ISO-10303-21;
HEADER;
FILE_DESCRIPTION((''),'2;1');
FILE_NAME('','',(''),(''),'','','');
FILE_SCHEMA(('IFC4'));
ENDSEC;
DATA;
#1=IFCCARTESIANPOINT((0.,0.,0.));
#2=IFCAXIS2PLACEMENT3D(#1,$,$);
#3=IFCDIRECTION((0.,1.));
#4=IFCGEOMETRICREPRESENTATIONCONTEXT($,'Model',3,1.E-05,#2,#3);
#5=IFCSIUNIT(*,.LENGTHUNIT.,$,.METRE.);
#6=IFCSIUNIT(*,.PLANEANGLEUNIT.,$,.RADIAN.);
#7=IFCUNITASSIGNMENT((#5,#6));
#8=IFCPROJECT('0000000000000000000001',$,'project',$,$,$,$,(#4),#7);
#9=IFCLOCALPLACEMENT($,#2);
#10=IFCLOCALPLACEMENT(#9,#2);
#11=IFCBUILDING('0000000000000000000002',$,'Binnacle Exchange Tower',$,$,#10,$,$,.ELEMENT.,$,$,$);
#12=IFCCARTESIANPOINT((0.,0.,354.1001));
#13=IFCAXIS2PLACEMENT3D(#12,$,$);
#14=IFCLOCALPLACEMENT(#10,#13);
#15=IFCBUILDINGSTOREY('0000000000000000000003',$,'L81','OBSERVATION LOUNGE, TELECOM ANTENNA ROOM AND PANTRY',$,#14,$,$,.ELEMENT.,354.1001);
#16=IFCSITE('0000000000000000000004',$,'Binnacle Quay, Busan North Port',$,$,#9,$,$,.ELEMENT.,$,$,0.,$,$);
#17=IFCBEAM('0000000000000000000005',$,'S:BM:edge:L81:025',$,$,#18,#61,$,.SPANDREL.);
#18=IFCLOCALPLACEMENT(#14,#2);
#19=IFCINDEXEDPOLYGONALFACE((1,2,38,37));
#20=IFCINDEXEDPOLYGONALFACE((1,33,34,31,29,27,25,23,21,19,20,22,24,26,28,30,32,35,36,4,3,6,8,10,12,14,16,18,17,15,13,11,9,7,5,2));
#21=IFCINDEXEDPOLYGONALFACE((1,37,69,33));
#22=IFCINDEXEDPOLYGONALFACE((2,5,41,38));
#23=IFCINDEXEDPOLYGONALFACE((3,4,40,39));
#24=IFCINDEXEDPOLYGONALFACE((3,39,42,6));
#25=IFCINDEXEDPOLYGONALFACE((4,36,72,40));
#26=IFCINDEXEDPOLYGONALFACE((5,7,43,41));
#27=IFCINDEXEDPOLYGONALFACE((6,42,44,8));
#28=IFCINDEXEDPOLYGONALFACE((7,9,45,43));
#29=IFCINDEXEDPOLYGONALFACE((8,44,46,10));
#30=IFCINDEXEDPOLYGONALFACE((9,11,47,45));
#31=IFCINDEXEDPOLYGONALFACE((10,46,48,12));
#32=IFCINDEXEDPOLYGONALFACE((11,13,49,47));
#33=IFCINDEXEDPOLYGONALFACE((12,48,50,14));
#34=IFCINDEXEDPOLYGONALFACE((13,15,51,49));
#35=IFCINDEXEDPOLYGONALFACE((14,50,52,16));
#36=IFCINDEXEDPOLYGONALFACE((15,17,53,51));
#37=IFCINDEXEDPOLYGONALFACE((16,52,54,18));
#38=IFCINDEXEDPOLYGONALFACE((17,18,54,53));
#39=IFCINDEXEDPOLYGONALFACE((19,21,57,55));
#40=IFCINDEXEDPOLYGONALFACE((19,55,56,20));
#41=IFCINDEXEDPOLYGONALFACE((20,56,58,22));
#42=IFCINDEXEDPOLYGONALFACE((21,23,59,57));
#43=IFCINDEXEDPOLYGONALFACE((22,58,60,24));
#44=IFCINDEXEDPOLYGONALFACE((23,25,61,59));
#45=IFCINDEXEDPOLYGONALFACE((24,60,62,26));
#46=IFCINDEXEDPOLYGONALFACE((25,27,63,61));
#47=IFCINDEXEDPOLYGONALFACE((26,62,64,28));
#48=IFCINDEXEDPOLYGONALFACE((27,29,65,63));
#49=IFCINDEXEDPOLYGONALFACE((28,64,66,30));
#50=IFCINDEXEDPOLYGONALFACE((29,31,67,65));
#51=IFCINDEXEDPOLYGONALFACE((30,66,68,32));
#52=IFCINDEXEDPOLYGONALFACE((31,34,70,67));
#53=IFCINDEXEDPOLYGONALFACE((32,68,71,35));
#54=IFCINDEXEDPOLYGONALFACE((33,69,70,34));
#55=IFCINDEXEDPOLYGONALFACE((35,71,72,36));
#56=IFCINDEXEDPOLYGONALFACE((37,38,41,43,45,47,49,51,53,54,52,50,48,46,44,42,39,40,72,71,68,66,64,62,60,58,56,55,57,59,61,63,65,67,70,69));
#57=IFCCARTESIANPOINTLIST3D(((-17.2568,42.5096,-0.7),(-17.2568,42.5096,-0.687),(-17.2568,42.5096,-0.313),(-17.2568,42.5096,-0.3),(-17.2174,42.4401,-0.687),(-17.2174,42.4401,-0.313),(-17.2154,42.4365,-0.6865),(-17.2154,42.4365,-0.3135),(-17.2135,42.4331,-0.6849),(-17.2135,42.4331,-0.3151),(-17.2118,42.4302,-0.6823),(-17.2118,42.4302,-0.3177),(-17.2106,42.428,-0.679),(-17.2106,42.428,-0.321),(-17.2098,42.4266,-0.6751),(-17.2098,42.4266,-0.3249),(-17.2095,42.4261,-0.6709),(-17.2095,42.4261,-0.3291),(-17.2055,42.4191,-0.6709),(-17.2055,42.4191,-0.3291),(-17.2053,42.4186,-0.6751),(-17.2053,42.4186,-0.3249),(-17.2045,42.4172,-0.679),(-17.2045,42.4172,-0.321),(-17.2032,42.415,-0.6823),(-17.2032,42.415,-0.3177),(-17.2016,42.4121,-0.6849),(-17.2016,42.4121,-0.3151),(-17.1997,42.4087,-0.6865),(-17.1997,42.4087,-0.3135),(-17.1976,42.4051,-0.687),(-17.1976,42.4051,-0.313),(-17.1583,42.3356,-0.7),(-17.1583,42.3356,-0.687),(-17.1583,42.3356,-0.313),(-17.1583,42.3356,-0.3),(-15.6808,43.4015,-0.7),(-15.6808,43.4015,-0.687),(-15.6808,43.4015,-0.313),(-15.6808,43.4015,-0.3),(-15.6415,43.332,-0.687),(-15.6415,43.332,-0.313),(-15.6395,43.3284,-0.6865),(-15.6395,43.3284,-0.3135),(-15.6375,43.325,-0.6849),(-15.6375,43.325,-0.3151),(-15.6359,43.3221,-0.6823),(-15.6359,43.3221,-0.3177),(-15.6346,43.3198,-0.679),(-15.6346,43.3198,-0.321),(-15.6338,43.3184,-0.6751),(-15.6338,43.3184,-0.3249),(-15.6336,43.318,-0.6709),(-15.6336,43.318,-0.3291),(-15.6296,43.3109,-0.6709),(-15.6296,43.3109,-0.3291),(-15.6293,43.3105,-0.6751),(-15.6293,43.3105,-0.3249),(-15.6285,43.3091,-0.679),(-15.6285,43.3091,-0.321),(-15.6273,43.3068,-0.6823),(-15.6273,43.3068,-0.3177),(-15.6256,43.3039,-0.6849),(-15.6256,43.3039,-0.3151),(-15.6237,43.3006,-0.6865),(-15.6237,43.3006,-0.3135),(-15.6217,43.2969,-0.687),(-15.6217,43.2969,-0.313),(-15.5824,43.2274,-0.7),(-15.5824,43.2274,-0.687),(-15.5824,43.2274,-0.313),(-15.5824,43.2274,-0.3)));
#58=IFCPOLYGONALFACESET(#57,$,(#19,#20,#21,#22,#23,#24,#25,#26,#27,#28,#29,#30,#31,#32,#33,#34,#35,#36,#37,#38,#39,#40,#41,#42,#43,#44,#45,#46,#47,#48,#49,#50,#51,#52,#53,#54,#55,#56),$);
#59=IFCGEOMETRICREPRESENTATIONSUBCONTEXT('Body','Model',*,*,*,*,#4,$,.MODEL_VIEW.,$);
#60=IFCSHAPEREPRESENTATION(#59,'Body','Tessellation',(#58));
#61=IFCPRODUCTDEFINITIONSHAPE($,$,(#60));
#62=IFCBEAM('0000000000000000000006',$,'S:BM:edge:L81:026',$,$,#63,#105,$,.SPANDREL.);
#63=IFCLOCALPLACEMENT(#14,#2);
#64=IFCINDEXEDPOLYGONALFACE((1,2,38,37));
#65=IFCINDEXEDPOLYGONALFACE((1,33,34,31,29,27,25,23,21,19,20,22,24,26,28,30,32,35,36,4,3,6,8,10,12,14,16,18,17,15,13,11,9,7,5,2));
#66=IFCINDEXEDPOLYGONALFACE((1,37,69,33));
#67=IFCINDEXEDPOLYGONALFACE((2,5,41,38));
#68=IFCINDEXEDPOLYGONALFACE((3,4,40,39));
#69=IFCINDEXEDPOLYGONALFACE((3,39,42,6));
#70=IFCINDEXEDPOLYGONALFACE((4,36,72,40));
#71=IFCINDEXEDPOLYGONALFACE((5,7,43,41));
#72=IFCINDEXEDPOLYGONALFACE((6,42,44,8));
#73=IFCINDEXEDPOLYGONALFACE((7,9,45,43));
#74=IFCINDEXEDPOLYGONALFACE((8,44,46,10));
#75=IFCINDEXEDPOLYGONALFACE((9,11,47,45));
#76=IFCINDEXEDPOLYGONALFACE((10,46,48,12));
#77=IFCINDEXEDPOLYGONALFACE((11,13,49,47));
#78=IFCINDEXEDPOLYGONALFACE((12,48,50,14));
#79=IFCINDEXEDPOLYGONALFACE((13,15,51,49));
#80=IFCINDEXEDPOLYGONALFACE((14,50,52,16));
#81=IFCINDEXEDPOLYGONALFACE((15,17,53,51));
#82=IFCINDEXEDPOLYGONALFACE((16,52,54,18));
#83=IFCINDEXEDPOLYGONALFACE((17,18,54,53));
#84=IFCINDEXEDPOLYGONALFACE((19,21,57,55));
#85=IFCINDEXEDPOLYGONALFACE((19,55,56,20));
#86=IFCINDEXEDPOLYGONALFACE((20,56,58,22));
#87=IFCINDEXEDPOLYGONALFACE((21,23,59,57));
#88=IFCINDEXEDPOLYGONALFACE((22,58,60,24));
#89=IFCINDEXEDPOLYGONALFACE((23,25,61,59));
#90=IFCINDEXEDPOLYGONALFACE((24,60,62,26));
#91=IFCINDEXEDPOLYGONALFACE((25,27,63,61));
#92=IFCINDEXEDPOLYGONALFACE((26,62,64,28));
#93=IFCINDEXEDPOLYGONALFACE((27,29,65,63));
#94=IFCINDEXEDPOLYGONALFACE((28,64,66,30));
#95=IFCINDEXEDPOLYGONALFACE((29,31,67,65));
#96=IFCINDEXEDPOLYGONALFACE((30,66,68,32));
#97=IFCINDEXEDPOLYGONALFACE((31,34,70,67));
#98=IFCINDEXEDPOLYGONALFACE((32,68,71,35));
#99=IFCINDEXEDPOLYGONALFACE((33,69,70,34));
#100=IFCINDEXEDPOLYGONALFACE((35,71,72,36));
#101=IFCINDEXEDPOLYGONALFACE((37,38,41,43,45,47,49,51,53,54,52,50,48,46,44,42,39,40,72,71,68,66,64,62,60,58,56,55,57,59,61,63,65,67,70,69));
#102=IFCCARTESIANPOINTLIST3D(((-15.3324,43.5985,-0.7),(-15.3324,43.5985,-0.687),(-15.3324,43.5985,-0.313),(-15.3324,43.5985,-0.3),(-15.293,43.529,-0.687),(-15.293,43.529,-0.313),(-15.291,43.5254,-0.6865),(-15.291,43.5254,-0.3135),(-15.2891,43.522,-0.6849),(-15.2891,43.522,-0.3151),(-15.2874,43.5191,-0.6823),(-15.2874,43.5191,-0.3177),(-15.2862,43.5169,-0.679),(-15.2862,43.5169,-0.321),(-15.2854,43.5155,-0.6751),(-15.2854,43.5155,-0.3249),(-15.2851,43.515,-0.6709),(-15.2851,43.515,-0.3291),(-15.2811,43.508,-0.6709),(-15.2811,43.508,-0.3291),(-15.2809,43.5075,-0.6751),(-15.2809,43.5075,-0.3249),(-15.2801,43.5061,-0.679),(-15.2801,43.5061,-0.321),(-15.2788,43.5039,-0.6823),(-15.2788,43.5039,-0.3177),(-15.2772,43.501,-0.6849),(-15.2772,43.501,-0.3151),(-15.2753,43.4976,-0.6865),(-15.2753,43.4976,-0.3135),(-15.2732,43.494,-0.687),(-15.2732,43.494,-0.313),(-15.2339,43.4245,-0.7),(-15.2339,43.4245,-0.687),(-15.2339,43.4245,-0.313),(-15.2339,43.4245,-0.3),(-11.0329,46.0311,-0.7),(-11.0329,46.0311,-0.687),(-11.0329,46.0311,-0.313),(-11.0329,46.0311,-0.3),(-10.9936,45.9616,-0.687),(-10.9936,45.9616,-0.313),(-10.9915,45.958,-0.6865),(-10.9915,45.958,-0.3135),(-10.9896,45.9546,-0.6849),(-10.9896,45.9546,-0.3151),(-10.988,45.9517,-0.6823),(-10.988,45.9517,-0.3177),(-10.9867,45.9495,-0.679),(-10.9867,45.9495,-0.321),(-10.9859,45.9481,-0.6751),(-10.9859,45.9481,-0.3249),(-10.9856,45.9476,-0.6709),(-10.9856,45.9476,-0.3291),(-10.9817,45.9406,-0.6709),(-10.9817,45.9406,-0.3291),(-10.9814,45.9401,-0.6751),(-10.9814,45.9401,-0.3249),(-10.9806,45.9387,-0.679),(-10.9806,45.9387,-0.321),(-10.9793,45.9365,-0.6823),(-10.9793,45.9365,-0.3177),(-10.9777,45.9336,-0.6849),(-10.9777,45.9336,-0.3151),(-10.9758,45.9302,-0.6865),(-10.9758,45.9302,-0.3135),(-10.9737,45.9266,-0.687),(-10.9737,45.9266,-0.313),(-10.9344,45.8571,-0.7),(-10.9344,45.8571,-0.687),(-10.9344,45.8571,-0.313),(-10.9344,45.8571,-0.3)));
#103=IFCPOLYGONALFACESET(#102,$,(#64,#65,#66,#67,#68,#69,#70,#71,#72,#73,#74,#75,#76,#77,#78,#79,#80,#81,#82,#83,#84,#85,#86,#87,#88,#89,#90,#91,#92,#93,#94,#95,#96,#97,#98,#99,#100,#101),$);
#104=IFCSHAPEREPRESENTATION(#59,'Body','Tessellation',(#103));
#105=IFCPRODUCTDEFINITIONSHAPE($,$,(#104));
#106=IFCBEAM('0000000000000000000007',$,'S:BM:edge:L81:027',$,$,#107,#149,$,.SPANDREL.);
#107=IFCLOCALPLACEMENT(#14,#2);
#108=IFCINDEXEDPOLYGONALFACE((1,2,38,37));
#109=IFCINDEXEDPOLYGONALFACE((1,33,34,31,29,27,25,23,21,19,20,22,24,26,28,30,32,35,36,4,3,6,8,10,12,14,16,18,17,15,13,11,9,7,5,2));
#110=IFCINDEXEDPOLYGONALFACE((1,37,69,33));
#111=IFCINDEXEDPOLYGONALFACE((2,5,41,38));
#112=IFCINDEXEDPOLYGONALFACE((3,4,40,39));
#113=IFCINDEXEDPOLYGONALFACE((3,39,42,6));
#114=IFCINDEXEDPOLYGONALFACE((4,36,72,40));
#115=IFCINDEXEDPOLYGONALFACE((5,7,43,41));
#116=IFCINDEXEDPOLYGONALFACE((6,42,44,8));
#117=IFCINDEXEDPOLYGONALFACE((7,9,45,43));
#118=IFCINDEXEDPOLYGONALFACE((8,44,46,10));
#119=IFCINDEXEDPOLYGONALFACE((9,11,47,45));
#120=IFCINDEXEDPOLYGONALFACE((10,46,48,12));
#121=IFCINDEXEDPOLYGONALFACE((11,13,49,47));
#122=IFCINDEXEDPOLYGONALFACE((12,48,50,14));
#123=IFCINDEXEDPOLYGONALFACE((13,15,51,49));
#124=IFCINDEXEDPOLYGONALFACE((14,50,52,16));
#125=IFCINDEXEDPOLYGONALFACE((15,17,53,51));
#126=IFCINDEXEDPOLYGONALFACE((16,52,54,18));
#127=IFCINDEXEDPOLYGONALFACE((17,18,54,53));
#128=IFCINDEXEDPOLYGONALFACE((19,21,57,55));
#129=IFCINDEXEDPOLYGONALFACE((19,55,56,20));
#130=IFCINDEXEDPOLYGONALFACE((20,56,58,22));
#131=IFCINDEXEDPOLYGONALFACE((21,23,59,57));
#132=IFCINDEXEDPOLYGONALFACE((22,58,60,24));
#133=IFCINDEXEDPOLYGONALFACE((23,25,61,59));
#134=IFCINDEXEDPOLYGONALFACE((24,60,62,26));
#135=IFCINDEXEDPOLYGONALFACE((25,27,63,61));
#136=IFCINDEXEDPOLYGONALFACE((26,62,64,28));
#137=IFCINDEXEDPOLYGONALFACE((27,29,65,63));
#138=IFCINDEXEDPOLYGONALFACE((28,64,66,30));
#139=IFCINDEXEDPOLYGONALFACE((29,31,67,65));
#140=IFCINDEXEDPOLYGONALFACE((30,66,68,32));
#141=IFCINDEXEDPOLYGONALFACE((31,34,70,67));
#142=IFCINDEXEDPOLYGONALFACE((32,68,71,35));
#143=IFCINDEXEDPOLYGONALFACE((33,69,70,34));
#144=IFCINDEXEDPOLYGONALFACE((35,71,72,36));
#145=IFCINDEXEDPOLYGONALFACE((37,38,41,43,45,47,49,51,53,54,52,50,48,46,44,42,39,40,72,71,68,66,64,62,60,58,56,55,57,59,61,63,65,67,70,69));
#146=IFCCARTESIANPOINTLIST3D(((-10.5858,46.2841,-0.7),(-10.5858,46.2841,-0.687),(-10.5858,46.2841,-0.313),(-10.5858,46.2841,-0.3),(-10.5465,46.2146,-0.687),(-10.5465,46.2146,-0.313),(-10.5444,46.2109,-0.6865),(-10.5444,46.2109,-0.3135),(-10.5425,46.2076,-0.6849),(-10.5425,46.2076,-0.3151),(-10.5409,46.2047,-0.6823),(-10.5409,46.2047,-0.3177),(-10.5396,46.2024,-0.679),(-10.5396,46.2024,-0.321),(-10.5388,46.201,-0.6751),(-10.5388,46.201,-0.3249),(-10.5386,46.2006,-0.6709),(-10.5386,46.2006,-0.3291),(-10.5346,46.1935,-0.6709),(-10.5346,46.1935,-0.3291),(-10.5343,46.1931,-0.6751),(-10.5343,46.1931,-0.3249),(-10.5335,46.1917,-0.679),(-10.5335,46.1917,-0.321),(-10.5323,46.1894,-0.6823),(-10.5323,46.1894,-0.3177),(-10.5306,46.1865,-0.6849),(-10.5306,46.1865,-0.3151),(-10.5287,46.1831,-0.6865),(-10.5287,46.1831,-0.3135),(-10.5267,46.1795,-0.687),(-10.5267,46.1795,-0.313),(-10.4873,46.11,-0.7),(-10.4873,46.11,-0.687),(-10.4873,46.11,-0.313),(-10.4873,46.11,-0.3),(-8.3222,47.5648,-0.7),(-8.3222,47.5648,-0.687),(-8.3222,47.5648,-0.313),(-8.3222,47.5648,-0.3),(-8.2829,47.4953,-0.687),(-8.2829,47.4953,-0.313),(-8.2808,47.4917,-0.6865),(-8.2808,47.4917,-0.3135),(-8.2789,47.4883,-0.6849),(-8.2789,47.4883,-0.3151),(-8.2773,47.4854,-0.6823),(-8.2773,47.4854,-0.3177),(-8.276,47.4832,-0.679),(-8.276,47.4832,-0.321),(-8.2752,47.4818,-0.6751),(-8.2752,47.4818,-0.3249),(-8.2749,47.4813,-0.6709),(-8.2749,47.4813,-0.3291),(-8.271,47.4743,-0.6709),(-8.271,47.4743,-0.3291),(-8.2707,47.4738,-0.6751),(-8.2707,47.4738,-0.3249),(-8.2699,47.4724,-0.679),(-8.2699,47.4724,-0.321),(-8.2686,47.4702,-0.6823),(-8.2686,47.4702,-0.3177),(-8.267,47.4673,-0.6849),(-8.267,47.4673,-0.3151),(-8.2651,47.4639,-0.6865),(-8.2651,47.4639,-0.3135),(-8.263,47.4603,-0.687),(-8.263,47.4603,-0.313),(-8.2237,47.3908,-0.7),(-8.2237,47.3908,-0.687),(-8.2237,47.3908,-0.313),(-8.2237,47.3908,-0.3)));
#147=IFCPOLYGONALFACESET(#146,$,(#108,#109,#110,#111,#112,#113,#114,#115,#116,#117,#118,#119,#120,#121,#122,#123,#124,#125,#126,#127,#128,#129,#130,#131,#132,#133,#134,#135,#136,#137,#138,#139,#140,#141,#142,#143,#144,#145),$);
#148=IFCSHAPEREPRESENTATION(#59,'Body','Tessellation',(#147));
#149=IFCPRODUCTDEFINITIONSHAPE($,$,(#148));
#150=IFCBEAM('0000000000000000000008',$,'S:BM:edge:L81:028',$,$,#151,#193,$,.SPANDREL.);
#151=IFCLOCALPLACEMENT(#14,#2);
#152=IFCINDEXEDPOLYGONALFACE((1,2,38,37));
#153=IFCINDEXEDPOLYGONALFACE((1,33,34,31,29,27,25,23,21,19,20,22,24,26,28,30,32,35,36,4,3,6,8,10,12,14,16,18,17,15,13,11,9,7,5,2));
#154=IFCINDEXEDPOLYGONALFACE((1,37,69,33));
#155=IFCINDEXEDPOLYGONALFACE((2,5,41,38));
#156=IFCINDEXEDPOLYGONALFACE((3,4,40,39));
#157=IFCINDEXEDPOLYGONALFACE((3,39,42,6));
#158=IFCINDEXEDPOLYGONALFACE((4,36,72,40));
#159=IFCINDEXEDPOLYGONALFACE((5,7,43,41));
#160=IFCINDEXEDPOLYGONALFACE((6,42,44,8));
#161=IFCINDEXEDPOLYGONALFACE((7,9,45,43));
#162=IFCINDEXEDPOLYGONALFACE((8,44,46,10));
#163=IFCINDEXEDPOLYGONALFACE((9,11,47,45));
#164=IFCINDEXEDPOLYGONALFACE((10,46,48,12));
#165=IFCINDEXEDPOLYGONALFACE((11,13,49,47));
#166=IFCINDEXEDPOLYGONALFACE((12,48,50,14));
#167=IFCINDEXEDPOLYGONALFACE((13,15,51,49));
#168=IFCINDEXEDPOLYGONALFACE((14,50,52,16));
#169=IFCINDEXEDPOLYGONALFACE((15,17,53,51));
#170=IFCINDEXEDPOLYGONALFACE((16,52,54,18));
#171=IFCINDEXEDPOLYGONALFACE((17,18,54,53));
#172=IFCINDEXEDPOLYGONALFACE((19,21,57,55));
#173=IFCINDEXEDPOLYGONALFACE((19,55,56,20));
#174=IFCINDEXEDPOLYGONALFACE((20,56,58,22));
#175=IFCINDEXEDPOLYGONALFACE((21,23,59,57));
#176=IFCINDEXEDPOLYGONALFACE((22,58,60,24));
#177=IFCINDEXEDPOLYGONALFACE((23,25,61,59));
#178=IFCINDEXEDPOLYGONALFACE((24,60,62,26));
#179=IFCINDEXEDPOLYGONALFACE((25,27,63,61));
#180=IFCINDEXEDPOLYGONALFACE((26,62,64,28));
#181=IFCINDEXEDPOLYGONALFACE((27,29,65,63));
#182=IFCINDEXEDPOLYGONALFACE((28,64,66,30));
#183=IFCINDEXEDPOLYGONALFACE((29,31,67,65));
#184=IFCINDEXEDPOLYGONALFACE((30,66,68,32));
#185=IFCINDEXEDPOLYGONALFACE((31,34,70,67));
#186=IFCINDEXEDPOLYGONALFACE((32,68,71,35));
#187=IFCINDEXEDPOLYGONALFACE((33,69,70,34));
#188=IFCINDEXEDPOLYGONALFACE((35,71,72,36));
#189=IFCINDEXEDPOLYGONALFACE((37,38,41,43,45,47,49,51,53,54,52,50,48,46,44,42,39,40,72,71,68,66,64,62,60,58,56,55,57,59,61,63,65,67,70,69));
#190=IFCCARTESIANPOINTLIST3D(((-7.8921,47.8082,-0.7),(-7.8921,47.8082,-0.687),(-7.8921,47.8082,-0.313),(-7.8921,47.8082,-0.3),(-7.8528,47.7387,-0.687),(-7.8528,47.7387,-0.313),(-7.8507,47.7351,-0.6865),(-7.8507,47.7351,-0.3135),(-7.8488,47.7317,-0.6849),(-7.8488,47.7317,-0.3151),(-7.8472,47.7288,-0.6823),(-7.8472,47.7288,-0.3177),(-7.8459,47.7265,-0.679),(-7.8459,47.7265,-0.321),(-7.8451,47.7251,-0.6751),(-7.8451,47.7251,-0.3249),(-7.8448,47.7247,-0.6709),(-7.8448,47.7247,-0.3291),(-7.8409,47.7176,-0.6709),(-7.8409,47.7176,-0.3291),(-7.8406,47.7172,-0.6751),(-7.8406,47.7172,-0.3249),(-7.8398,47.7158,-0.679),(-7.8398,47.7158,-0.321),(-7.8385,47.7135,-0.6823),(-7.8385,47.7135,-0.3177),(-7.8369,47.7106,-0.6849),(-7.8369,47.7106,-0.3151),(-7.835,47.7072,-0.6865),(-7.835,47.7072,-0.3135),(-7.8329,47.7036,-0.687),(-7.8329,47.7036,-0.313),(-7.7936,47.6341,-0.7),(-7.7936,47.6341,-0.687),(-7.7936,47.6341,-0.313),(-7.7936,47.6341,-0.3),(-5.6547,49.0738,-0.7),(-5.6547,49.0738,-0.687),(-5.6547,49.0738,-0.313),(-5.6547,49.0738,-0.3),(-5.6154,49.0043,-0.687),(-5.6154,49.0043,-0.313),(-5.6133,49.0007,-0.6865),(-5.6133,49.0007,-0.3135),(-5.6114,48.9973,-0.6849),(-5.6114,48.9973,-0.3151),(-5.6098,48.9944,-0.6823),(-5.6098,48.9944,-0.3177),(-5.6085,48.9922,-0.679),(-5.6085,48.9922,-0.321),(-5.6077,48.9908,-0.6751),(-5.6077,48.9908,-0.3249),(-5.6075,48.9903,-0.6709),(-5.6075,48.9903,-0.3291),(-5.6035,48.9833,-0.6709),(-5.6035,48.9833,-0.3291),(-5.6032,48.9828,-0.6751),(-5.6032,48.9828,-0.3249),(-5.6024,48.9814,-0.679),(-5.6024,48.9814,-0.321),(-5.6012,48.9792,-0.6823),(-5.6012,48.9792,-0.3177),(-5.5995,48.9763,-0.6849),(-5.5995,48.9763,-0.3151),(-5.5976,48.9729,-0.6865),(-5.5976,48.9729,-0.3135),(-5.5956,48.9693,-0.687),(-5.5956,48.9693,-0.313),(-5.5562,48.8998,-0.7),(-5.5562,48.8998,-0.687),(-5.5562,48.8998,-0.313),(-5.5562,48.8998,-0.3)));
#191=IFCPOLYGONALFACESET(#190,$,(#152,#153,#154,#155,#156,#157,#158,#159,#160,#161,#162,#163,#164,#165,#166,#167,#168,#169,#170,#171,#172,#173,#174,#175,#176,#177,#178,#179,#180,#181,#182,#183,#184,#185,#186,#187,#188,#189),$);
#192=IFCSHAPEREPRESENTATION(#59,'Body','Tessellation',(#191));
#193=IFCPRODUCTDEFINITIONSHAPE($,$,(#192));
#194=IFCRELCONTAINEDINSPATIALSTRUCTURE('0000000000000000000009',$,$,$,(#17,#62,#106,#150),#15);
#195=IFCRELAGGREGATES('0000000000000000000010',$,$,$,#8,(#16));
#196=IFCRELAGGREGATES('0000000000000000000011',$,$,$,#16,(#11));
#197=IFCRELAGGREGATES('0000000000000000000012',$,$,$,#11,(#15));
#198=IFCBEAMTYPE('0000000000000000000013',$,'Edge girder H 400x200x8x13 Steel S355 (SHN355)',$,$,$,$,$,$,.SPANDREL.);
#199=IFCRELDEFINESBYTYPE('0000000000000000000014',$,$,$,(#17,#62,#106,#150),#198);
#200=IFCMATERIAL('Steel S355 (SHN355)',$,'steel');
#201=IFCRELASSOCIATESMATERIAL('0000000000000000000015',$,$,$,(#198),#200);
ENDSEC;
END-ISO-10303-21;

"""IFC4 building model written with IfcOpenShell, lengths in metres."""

from ifc_helpers import new_model, si_unit, direction, frame, origin, origin_2d, place, context, subcontext, project, spatial, i_section, extrude, material, material_profile, profile_set, type_object, element, save


model = new_model("IFC4")

# Units and contexts
model_context = context("Model", 3, precision=1e-05, world=origin(), true_north=direction((0.0, 1.0)))
body_context = subcontext(model_context, "Body", "Model", "MODEL_VIEW")
ifc_project = project(units=[si_unit("LENGTHUNIT", "METRE"), si_unit("PLANEANGLEUNIT", "RADIAN")], contexts=[model_context])

# Site, building, storey
site_placement = place(None, origin())
site = spatial("IfcSite", under=ifc_project, at=site_placement, Name="Binnacle Quay, Busan North Port", CompositionType="ELEMENT", RefElevation=0.0)
building_placement = place(site_placement, origin())
building = spatial("IfcBuilding", under=site, at=building_placement, Name="Binnacle Exchange Tower", CompositionType="ELEMENT")
storey_placement = place(building_placement, frame((0.0, 0.0, 354.1001)))
storey = spatial("IfcBuildingStorey", under=building, at=storey_placement, Name="L81", Description="OBSERVATION LOUNGE, TELECOM ANTENNA ROOM AND PANTRY", CompositionType="ELEMENT", Elevation=354.1001)

# Shared definitions
ifc_material_1 = material(Name="Steel S355 (SHN355)", Category="steel")

# Beams
ifc_material_profile_1 = material_profile(ifc_material_1, i_section(OverallWidth=0.2, OverallDepth=0.3999, WebThickness=0.0081, FlangeThickness=0.0129, FilletRadius=0.0161, at=origin_2d()), Name="H 400x200x8x13")
ifc_profile_set_1 = profile_set([ifc_material_profile_1], Name="Steel S355 (SHN355)")
beam_type_1 = type_object("IfcBeamType", Name="Edge girder H 400x200x8x13 Steel S355 (SHN355)", PredefinedType="SPANDREL", material=ifc_profile_set_1)
beam_1_placement = place(storey_placement, frame((-15.6316, 43.3145, -0.5), z_axis=(-0.870302, -0.492519, 0.0), x_axis=(0.492519, -0.870302, 0.0)))
element("IfcBeam", 1, at=beam_1_placement, inside=storey, type_object=beam_type_1, Name="S:BM:edge:L81:025", PredefinedType="SPANDREL", context=body_context, shape_type="SweptSolid", body=[
    extrude(i_section(OverallWidth=0.2, OverallDepth=0.3999, WebThickness=0.0081, FlangeThickness=0.0129, FilletRadius=0.0161, at=origin_2d()), origin(), (0.0, 0.0, 1.0), 1.8108),
])
beam_2_placement = place(storey_placement, frame((-10.9836, 45.9441, -0.5), z_axis=(-0.870352, -0.49243, 0.0), x_axis=(0.49243, -0.870352, 0.0)))
element("IfcBeam", 2, at=beam_2_placement, inside=storey, type_object=beam_type_1, Name="S:BM:edge:L81:026", PredefinedType="SPANDREL", context=body_context, shape_type="SweptSolid", body=[
    extrude(i_section(OverallWidth=0.2, OverallDepth=0.3999, WebThickness=0.0081, FlangeThickness=0.0129, FilletRadius=0.0161, at=origin_2d()), origin(), (0.0, 0.0, 1.0), 4.9399),
])
beam_3_placement = place(storey_placement, frame((-8.2729, 47.4778, -0.5), z_axis=(-0.870349, -0.492435, 0.0), x_axis=(0.492435, -0.870349, 0.0)))
element("IfcBeam", 3, at=beam_3_placement, inside=storey, type_object=beam_type_1, Name="S:BM:edge:L81:027", PredefinedType="SPANDREL", context=body_context, shape_type="SweptSolid", body=[
    extrude(i_section(OverallWidth=0.2, OverallDepth=0.3999, WebThickness=0.0081, FlangeThickness=0.0129, FilletRadius=0.0161, at=origin_2d()), origin(), (0.0, 0.0, 1.0), 2.6008),
])
beam_4_placement = place(storey_placement, frame((-5.6055, 48.9868, -0.5), z_axis=(-0.870386, -0.49237, 0.0), x_axis=(0.49237, -0.870386, 0.0)))
element("IfcBeam", 4, at=beam_4_placement, inside=storey, type_object=beam_type_1, Name="S:BM:edge:L81:028", PredefinedType="SPANDREL", context=body_context, shape_type="SweptSolid", body=[
    extrude(i_section(OverallWidth=0.2, OverallDepth=0.3999, WebThickness=0.0081, FlangeThickness=0.0129, FilletRadius=0.0161, at=origin_2d()), origin(), (0.0, 0.0, 1.0), 2.5706),
])

save(model, "model.ifc")
